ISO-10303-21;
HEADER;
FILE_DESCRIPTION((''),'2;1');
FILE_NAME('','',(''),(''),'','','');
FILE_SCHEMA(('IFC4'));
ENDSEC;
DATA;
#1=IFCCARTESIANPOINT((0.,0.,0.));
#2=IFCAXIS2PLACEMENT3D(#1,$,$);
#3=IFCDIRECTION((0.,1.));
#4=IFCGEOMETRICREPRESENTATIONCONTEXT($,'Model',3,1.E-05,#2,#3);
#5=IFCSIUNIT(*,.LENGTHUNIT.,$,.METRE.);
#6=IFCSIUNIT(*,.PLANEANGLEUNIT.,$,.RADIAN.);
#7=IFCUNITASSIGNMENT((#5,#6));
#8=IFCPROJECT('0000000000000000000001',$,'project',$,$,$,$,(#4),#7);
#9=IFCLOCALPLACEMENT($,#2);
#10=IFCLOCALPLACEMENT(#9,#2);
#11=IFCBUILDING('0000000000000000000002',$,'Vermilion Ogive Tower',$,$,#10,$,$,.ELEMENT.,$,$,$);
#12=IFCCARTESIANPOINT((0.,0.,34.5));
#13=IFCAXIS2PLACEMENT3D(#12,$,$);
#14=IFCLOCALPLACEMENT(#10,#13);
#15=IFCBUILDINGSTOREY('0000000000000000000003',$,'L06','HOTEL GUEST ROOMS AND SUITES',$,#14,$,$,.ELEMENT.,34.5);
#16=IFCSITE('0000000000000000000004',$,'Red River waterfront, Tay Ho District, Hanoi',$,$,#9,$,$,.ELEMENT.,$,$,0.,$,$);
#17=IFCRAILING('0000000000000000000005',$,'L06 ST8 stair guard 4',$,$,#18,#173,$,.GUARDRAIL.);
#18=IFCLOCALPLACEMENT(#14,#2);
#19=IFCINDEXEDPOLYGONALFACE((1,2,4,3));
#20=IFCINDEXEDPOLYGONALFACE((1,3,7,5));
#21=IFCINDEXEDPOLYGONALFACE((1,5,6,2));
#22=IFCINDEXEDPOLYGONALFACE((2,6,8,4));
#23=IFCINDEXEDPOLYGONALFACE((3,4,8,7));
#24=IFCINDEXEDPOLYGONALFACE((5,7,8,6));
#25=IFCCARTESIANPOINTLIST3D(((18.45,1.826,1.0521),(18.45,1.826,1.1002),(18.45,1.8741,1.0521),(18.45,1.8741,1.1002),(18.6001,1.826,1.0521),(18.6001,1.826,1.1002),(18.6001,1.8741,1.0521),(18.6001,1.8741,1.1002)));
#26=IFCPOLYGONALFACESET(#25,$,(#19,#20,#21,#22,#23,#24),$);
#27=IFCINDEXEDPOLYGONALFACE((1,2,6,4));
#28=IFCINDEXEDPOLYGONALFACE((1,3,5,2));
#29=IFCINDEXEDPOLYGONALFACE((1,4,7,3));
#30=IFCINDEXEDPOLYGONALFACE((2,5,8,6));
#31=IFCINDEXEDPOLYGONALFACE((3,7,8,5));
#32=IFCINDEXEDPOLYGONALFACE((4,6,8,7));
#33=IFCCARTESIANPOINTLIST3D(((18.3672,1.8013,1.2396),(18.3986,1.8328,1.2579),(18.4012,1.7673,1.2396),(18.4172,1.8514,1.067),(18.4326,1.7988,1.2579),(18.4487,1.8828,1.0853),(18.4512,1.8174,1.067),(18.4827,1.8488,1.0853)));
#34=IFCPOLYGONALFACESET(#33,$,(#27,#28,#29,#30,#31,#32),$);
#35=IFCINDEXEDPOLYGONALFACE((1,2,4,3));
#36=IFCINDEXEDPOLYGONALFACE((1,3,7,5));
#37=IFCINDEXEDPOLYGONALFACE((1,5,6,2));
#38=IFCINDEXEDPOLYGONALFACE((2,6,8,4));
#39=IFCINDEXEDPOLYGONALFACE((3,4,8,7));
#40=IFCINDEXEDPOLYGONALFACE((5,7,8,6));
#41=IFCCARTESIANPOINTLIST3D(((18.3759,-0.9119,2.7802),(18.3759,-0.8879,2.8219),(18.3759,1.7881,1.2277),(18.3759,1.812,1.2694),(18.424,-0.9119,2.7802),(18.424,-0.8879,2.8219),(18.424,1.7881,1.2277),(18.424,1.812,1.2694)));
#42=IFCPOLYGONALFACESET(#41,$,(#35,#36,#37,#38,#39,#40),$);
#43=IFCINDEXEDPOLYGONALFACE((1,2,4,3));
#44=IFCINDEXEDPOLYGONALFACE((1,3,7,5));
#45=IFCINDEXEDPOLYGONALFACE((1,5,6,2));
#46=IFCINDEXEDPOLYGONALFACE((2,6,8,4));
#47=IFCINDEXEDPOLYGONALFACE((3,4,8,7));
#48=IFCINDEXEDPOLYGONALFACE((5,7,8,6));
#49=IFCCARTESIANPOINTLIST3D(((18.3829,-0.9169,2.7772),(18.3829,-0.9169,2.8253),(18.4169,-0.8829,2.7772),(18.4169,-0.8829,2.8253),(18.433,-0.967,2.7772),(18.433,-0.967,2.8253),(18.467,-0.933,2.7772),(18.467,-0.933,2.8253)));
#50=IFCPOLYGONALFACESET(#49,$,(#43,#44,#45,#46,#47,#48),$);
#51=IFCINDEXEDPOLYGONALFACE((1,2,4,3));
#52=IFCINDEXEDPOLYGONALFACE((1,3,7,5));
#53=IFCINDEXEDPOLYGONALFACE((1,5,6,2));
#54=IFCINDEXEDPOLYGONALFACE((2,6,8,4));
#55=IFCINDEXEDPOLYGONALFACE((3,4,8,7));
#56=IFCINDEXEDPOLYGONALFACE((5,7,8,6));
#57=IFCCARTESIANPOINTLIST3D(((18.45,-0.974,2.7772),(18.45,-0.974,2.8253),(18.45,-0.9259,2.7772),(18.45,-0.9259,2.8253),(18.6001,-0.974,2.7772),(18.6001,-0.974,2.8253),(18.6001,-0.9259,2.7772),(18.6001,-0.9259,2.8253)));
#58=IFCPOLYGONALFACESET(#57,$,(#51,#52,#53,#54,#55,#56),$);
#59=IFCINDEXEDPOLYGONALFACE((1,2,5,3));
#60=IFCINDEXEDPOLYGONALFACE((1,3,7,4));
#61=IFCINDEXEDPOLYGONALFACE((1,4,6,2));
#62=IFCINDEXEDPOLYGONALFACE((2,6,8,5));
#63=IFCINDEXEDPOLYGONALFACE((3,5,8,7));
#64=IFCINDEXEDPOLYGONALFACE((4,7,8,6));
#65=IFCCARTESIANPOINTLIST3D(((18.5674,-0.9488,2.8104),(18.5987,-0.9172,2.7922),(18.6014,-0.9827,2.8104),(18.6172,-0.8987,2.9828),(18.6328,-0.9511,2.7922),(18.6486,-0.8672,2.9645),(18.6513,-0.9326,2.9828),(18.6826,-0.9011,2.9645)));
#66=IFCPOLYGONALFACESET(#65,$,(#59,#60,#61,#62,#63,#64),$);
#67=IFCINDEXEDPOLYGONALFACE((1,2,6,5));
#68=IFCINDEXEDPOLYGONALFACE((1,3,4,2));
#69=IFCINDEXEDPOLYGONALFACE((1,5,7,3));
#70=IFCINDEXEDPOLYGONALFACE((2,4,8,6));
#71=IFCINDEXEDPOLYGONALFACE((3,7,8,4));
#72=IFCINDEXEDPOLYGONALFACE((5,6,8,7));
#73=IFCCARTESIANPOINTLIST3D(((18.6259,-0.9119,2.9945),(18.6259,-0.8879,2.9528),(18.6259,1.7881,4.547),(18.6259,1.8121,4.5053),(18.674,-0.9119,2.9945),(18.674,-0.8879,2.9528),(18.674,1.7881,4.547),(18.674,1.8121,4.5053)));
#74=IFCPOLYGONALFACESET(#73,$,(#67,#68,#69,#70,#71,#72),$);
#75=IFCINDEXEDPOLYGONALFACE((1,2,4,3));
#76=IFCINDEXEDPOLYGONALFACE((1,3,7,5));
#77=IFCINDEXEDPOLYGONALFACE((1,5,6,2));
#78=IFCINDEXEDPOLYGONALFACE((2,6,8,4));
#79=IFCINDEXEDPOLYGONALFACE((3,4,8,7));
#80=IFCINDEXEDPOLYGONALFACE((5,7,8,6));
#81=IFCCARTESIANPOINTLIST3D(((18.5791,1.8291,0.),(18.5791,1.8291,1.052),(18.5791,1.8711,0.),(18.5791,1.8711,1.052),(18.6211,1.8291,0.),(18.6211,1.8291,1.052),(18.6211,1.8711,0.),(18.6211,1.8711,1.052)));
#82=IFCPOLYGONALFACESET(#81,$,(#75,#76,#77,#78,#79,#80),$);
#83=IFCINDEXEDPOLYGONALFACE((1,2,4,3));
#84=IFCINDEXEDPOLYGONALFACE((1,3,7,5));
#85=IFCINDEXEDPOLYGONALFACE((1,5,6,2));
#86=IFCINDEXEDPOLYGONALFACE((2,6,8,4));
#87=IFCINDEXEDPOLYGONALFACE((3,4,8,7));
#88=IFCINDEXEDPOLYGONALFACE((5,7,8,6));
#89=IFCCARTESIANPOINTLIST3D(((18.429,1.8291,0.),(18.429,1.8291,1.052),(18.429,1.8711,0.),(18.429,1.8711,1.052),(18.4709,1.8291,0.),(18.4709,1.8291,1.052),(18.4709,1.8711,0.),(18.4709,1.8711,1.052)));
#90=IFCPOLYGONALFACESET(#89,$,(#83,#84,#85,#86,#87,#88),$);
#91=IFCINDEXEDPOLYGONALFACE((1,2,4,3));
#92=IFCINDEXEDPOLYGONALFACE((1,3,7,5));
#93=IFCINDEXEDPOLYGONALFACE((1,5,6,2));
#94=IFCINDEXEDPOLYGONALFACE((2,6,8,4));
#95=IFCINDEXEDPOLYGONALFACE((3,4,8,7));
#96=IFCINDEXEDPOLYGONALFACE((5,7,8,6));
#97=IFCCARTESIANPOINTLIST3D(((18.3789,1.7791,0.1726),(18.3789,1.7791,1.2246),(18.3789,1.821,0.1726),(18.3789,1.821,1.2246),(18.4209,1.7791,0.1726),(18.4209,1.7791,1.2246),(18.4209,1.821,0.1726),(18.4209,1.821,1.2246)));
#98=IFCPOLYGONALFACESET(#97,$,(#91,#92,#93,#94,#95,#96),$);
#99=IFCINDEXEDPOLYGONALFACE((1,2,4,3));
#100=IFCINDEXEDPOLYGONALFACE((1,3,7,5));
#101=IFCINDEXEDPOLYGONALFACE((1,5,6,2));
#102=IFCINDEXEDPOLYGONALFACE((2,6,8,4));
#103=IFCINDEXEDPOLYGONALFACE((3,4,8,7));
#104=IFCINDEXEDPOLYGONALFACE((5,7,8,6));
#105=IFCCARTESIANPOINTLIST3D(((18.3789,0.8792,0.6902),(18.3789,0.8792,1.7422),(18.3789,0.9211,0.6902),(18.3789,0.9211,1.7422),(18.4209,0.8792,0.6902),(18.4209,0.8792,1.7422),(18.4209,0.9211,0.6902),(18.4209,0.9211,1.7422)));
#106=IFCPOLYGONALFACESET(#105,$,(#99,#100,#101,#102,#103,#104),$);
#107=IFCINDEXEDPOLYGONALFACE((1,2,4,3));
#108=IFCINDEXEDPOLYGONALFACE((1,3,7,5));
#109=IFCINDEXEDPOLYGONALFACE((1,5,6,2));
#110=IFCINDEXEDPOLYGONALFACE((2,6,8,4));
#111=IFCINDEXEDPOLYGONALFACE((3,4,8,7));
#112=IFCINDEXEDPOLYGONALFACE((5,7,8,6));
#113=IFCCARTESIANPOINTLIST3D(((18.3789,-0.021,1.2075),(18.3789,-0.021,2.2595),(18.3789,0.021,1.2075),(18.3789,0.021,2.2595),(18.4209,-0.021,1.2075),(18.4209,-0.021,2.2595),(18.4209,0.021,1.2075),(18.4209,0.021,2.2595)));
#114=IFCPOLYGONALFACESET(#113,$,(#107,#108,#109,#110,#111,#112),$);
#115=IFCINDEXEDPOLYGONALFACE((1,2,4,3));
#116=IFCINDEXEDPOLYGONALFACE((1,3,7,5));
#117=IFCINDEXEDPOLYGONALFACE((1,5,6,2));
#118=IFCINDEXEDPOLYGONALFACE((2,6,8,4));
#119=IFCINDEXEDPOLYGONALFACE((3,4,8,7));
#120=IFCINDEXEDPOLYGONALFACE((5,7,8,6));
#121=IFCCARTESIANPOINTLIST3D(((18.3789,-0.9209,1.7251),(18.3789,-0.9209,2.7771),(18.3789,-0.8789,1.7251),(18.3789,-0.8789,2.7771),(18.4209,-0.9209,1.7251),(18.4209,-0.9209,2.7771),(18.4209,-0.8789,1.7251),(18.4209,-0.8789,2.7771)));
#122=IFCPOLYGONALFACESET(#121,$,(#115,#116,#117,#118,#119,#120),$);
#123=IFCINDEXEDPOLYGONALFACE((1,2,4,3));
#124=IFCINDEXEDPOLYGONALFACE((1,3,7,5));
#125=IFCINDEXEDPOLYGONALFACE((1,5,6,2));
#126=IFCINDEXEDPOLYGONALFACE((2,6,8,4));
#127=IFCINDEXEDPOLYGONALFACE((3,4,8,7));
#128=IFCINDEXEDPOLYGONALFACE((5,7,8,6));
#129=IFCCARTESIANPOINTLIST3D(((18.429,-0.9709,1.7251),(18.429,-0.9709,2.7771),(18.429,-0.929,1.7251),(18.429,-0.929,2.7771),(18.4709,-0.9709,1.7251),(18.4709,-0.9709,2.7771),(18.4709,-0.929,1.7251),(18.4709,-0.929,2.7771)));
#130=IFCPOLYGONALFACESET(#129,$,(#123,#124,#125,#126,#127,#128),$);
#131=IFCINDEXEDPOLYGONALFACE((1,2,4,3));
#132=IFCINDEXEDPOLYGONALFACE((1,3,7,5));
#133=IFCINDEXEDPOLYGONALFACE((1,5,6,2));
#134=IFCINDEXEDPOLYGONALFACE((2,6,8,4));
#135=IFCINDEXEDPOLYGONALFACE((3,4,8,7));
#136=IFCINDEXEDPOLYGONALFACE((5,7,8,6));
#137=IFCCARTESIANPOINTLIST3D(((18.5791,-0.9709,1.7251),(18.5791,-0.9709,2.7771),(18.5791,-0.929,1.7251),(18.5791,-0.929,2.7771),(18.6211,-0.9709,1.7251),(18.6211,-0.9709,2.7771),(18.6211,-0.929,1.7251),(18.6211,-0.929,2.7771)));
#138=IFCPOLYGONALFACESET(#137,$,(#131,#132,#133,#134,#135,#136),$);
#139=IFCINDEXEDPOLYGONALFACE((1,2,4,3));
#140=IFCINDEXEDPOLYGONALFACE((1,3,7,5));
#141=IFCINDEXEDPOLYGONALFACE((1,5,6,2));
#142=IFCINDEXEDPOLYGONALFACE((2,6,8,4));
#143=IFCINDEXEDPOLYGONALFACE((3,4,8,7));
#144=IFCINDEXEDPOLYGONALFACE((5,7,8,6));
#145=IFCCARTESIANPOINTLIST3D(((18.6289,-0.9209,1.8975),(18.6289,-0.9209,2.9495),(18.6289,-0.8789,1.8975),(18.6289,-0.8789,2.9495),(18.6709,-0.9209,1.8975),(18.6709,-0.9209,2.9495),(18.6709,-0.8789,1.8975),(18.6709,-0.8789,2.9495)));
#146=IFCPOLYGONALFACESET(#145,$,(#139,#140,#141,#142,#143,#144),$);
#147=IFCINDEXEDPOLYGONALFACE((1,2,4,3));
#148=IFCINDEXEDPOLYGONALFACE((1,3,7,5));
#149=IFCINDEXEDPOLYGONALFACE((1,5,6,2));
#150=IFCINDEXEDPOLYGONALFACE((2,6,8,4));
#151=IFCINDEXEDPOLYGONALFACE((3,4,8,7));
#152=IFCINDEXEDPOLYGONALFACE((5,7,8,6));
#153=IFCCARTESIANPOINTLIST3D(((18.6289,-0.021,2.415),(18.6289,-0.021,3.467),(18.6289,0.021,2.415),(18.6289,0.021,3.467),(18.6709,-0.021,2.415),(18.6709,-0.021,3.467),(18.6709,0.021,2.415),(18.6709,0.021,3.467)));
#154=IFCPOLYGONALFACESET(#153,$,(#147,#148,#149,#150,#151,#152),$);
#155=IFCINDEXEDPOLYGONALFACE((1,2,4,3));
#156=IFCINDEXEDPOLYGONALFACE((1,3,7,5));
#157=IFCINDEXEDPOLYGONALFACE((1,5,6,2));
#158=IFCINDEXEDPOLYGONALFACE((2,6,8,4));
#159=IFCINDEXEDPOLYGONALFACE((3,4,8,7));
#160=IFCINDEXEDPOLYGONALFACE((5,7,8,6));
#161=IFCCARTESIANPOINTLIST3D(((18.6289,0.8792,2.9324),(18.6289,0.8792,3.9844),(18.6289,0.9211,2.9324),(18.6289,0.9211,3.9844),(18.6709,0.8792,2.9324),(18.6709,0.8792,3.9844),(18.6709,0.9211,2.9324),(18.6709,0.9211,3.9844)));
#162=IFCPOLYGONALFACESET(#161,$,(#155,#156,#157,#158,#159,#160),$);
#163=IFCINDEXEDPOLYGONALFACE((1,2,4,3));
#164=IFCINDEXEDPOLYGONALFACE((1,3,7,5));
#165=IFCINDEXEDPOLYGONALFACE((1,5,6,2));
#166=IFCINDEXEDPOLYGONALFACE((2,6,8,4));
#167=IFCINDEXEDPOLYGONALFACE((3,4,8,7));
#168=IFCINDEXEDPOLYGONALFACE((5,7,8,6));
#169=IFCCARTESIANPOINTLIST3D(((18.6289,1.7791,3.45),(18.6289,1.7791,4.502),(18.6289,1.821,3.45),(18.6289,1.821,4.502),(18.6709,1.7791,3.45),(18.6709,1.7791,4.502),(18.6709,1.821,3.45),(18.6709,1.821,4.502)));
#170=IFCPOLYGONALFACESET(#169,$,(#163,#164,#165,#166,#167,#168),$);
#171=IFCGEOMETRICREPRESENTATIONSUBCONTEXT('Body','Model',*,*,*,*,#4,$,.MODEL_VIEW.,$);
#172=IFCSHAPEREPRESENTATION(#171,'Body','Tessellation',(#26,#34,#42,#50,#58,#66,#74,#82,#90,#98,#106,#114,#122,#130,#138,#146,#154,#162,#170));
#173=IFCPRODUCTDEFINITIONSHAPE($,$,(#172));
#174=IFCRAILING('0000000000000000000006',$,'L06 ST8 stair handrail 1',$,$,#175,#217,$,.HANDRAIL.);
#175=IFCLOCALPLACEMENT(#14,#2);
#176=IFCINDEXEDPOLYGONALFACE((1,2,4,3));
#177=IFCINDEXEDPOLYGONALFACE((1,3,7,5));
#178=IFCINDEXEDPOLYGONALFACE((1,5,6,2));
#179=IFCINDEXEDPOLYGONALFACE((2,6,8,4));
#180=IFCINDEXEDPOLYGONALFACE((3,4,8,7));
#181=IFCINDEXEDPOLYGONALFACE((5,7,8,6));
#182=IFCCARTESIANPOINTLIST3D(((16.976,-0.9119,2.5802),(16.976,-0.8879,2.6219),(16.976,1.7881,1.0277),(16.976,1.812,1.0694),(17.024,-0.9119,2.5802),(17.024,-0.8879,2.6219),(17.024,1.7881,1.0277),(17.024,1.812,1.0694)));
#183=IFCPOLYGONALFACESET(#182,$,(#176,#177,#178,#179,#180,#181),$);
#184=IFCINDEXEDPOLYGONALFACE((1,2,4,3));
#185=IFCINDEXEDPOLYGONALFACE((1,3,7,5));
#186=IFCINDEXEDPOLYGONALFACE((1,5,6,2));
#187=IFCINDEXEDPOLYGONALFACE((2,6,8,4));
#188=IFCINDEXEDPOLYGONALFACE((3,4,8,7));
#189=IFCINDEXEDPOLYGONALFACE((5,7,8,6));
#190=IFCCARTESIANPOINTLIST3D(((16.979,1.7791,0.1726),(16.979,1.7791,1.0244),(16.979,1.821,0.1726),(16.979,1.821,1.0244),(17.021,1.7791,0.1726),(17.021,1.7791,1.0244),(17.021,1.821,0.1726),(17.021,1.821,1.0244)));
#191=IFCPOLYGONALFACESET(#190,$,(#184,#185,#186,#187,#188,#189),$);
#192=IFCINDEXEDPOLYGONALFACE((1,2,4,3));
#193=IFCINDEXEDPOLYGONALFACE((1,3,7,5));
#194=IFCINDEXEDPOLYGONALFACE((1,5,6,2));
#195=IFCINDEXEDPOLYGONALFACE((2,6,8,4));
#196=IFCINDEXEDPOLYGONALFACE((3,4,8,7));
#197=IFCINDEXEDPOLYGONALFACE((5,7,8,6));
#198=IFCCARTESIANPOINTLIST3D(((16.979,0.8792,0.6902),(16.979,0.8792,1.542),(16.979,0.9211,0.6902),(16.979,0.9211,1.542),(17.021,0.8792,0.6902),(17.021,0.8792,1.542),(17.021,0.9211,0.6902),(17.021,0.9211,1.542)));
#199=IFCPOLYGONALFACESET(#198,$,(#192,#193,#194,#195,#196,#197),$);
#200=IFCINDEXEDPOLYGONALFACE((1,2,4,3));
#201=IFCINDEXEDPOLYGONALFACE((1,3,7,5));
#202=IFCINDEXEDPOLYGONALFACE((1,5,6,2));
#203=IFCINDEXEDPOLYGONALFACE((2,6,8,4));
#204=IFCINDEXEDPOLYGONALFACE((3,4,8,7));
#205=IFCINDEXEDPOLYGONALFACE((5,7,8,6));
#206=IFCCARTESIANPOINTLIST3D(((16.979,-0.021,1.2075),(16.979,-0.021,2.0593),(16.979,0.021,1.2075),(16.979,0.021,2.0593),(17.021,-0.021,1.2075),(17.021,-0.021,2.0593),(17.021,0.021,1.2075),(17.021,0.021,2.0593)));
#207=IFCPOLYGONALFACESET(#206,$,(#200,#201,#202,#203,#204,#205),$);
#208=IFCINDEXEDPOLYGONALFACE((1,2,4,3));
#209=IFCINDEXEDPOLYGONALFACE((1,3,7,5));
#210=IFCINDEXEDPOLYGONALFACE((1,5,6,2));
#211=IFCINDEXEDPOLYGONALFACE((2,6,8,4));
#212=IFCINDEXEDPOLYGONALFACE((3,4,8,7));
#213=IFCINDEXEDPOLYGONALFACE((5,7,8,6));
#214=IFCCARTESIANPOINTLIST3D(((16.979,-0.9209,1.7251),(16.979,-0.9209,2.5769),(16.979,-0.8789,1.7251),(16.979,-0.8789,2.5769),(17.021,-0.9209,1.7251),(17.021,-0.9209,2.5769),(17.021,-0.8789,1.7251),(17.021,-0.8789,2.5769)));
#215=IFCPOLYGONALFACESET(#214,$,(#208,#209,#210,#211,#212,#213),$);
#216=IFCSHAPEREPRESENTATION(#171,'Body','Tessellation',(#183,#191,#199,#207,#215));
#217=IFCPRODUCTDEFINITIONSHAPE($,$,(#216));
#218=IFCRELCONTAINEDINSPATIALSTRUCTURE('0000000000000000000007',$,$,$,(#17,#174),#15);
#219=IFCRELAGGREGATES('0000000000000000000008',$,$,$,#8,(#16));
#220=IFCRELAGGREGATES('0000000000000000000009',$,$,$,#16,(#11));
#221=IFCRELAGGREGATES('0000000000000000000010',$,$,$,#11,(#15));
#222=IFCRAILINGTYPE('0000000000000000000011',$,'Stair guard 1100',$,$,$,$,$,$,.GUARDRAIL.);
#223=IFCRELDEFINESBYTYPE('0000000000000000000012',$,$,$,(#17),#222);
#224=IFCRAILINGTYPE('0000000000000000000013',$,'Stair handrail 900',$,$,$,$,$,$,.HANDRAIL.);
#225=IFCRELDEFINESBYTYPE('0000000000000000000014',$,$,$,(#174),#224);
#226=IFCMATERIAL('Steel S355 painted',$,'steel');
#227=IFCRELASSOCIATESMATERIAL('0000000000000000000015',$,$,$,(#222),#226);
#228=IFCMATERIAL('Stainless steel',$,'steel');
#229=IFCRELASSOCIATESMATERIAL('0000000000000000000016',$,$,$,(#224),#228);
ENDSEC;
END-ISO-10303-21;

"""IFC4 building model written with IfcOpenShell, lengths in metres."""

from ifc_helpers import new_model, si_unit, direction, frame, origin, origin_2d, place, context, subcontext, project, spatial, rectangle, extrude, material, type_object, element, save


model = new_model("IFC4")

# Units and contexts
model_context = context("Model", 3, precision=1e-05, world=origin(), true_north=direction((0.0, 1.0)))
body_context = subcontext(model_context, "Body", "Model", "MODEL_VIEW")
ifc_project = project(units=[si_unit("LENGTHUNIT", "METRE"), si_unit("PLANEANGLEUNIT", "RADIAN")], contexts=[model_context])

# Site, building, storey
site_placement = place(None, origin())
site = spatial("IfcSite", under=ifc_project, at=site_placement, Name="Red River waterfront, Tay Ho District, Hanoi", CompositionType="ELEMENT", RefElevation=0.0)
building_placement = place(site_placement, origin())
building = spatial("IfcBuilding", under=site, at=building_placement, Name="Vermilion Ogive Tower", CompositionType="ELEMENT")
storey_placement = place(building_placement, frame((0.0, 0.0, 34.5)))
storey = spatial("IfcBuildingStorey", under=building, at=storey_placement, Name="L06", Description="HOTEL GUEST ROOMS AND SUITES", CompositionType="ELEMENT", Elevation=34.5)

# Railings
ifc_material_1 = material(Name="Steel S355 painted", Category="steel")
railing_type_1 = type_object("IfcRailingType", Name="Stair guard 1100", PredefinedType="GUARDRAIL", material=ifc_material_1)
railing_1_placement = place(storey_placement, frame((18.6001, 1.8501, 0.0)))
element("IfcRailing", 1, at=railing_1_placement, inside=storey, type_object=railing_type_1, Name="L06 ST8 stair guard 4", PredefinedType="GUARDRAIL", context=body_context, shape_type="SweptSolid", body=[
    extrude(rectangle(XDim=0.0481, YDim=0.0481, at=origin_2d()), frame((0.0, 0.0, 1.0762), z_axis=(-1.0, 0.0, 0.0), x_axis=(0.0, -1.0, 0.0)), (0.0, 0.0, 1.0), 0.1501),
    extrude(rectangle(XDim=0.0481, YDim=0.0481, at=origin_2d()), frame((-0.1501, 0.0, 1.0762), z_axis=(-0.268278, -0.268278, 0.925232), x_axis=(0.707107, -0.707107, 0.0)), (0.0, 0.0, 1.0), 0.1865),
    extrude(rectangle(XDim=0.0481, YDim=0.0481, at=origin_2d()), frame((-0.2002, -0.05, 1.2485), z_axis=(0.0, -0.866904, 0.498476), x_axis=(1.0, 0.0, 0.0)), (0.0, 0.0, 1.0), 3.1145),
    extrude(rectangle(XDim=0.0481, YDim=0.0481, at=origin_2d()), frame((-0.2002, -2.75, 2.8013), z_axis=(0.707107, -0.707107, 0.0), x_axis=(0.707107, 0.707107, 0.0)), (0.0, 0.0, 1.0), 0.0708),
    extrude(rectangle(XDim=0.0481, YDim=0.0481, at=origin_2d()), frame((-0.1501, -2.8, 2.8013), z_axis=(1.0, 0.0, 0.0), x_axis=(0.0, 1.0, 0.0)), (0.0, 0.0, 1.0), 0.1501),
    extrude(rectangle(XDim=0.0481, YDim=0.0481, at=origin_2d()), frame((0.0, -2.8, 2.8013), z_axis=(0.267387, 0.268698, 0.925368), x_axis=(-0.708834, 0.705376, 0.0)), (0.0, 0.0, 1.0), 0.1863),
    extrude(rectangle(XDim=0.0481, YDim=0.0481, at=origin_2d()), frame((0.0498, -2.75, 2.9736), z_axis=(0.0, 0.866904, 0.498476), x_axis=(-1.0, 0.0, 0.0)), (0.0, 0.0, 1.0), 3.1145),
    extrude(rectangle(XDim=0.042, YDim=0.042, at=origin_2d()), origin(), (0.0, 0.0, 1.0), 1.052),
    extrude(rectangle(XDim=0.042, YDim=0.042, at=origin_2d()), frame((-0.1501, 0.0, 0.0)), (0.0, 0.0, 1.0), 1.052),
    extrude(rectangle(XDim=0.042, YDim=0.042, at=origin_2d()), frame((-0.2002, -0.05, 0.1726)), (0.0, 0.0, 1.0), 1.052),
    extrude(rectangle(XDim=0.042, YDim=0.042, at=origin_2d()), frame((-0.2002, -0.95, 0.6902)), (0.0, 0.0, 1.0), 1.052),
    extrude(rectangle(XDim=0.042, YDim=0.042, at=origin_2d()), frame((-0.2002, -1.8501, 1.2075)), (0.0, 0.0, 1.0), 1.052),
    extrude(rectangle(XDim=0.042, YDim=0.042, at=origin_2d()), frame((-0.2002, -2.75, 1.7251)), (0.0, 0.0, 1.0), 1.052),
    extrude(rectangle(XDim=0.042, YDim=0.042, at=origin_2d()), frame((-0.1501, -2.8, 1.7251)), (0.0, 0.0, 1.0), 1.052),
    extrude(rectangle(XDim=0.042, YDim=0.042, at=origin_2d()), frame((0.0, -2.8, 1.7251)), (0.0, 0.0, 1.0), 1.052),
    extrude(rectangle(XDim=0.042, YDim=0.042, at=origin_2d()), frame((0.0498, -2.75, 1.8975)), (0.0, 0.0, 1.0), 1.052),
    extrude(rectangle(XDim=0.042, YDim=0.042, at=origin_2d()), frame((0.0498, -1.8501, 2.415)), (0.0, 0.0, 1.0), 1.052),
    extrude(rectangle(XDim=0.042, YDim=0.042, at=origin_2d()), frame((0.0498, -0.95, 2.9324)), (0.0, 0.0, 1.0), 1.052),
    extrude(rectangle(XDim=0.042, YDim=0.042, at=origin_2d()), frame((0.0498, -0.05, 3.45)), (0.0, 0.0, 1.0), 1.052),
])
ifc_material_2 = material(Name="Stainless steel", Category="steel")
railing_type_2 = type_object("IfcRailingType", Name="Stair handrail 900", PredefinedType="HANDRAIL", material=ifc_material_2)
railing_2_placement = place(storey_placement, frame((17.0, 1.8, 0.1726)))
element("IfcRailing", 2, at=railing_2_placement, inside=storey, type_object=railing_type_2, Name="L06 ST8 stair handrail 1", PredefinedType="HANDRAIL", context=body_context, shape_type="SweptSolid", body=[
    extrude(rectangle(XDim=0.0481, YDim=0.0481, at=origin_2d()), frame((0.0, 0.0, 0.876), z_axis=(0.0, -0.866904, 0.498476), x_axis=(1.0, 0.0, 0.0)), (0.0, 0.0, 1.0), 3.1145),
    extrude(rectangle(XDim=0.042, YDim=0.042, at=origin_2d()), origin(), (0.0, 0.0, 1.0), 0.8518),
    extrude(rectangle(XDim=0.042, YDim=0.042, at=origin_2d()), frame((0.0, -0.8999, 0.5176)), (0.0, 0.0, 1.0), 0.8518),
    extrude(rectangle(XDim=0.042, YDim=0.042, at=origin_2d()), frame((0.0, -1.8, 1.0349)), (0.0, 0.0, 1.0), 0.8518),
    extrude(rectangle(XDim=0.042, YDim=0.042, at=origin_2d()), frame((0.0, -2.7, 1.5525)), (0.0, 0.0, 1.0), 0.8518),
])

save(model, "model.ifc")
